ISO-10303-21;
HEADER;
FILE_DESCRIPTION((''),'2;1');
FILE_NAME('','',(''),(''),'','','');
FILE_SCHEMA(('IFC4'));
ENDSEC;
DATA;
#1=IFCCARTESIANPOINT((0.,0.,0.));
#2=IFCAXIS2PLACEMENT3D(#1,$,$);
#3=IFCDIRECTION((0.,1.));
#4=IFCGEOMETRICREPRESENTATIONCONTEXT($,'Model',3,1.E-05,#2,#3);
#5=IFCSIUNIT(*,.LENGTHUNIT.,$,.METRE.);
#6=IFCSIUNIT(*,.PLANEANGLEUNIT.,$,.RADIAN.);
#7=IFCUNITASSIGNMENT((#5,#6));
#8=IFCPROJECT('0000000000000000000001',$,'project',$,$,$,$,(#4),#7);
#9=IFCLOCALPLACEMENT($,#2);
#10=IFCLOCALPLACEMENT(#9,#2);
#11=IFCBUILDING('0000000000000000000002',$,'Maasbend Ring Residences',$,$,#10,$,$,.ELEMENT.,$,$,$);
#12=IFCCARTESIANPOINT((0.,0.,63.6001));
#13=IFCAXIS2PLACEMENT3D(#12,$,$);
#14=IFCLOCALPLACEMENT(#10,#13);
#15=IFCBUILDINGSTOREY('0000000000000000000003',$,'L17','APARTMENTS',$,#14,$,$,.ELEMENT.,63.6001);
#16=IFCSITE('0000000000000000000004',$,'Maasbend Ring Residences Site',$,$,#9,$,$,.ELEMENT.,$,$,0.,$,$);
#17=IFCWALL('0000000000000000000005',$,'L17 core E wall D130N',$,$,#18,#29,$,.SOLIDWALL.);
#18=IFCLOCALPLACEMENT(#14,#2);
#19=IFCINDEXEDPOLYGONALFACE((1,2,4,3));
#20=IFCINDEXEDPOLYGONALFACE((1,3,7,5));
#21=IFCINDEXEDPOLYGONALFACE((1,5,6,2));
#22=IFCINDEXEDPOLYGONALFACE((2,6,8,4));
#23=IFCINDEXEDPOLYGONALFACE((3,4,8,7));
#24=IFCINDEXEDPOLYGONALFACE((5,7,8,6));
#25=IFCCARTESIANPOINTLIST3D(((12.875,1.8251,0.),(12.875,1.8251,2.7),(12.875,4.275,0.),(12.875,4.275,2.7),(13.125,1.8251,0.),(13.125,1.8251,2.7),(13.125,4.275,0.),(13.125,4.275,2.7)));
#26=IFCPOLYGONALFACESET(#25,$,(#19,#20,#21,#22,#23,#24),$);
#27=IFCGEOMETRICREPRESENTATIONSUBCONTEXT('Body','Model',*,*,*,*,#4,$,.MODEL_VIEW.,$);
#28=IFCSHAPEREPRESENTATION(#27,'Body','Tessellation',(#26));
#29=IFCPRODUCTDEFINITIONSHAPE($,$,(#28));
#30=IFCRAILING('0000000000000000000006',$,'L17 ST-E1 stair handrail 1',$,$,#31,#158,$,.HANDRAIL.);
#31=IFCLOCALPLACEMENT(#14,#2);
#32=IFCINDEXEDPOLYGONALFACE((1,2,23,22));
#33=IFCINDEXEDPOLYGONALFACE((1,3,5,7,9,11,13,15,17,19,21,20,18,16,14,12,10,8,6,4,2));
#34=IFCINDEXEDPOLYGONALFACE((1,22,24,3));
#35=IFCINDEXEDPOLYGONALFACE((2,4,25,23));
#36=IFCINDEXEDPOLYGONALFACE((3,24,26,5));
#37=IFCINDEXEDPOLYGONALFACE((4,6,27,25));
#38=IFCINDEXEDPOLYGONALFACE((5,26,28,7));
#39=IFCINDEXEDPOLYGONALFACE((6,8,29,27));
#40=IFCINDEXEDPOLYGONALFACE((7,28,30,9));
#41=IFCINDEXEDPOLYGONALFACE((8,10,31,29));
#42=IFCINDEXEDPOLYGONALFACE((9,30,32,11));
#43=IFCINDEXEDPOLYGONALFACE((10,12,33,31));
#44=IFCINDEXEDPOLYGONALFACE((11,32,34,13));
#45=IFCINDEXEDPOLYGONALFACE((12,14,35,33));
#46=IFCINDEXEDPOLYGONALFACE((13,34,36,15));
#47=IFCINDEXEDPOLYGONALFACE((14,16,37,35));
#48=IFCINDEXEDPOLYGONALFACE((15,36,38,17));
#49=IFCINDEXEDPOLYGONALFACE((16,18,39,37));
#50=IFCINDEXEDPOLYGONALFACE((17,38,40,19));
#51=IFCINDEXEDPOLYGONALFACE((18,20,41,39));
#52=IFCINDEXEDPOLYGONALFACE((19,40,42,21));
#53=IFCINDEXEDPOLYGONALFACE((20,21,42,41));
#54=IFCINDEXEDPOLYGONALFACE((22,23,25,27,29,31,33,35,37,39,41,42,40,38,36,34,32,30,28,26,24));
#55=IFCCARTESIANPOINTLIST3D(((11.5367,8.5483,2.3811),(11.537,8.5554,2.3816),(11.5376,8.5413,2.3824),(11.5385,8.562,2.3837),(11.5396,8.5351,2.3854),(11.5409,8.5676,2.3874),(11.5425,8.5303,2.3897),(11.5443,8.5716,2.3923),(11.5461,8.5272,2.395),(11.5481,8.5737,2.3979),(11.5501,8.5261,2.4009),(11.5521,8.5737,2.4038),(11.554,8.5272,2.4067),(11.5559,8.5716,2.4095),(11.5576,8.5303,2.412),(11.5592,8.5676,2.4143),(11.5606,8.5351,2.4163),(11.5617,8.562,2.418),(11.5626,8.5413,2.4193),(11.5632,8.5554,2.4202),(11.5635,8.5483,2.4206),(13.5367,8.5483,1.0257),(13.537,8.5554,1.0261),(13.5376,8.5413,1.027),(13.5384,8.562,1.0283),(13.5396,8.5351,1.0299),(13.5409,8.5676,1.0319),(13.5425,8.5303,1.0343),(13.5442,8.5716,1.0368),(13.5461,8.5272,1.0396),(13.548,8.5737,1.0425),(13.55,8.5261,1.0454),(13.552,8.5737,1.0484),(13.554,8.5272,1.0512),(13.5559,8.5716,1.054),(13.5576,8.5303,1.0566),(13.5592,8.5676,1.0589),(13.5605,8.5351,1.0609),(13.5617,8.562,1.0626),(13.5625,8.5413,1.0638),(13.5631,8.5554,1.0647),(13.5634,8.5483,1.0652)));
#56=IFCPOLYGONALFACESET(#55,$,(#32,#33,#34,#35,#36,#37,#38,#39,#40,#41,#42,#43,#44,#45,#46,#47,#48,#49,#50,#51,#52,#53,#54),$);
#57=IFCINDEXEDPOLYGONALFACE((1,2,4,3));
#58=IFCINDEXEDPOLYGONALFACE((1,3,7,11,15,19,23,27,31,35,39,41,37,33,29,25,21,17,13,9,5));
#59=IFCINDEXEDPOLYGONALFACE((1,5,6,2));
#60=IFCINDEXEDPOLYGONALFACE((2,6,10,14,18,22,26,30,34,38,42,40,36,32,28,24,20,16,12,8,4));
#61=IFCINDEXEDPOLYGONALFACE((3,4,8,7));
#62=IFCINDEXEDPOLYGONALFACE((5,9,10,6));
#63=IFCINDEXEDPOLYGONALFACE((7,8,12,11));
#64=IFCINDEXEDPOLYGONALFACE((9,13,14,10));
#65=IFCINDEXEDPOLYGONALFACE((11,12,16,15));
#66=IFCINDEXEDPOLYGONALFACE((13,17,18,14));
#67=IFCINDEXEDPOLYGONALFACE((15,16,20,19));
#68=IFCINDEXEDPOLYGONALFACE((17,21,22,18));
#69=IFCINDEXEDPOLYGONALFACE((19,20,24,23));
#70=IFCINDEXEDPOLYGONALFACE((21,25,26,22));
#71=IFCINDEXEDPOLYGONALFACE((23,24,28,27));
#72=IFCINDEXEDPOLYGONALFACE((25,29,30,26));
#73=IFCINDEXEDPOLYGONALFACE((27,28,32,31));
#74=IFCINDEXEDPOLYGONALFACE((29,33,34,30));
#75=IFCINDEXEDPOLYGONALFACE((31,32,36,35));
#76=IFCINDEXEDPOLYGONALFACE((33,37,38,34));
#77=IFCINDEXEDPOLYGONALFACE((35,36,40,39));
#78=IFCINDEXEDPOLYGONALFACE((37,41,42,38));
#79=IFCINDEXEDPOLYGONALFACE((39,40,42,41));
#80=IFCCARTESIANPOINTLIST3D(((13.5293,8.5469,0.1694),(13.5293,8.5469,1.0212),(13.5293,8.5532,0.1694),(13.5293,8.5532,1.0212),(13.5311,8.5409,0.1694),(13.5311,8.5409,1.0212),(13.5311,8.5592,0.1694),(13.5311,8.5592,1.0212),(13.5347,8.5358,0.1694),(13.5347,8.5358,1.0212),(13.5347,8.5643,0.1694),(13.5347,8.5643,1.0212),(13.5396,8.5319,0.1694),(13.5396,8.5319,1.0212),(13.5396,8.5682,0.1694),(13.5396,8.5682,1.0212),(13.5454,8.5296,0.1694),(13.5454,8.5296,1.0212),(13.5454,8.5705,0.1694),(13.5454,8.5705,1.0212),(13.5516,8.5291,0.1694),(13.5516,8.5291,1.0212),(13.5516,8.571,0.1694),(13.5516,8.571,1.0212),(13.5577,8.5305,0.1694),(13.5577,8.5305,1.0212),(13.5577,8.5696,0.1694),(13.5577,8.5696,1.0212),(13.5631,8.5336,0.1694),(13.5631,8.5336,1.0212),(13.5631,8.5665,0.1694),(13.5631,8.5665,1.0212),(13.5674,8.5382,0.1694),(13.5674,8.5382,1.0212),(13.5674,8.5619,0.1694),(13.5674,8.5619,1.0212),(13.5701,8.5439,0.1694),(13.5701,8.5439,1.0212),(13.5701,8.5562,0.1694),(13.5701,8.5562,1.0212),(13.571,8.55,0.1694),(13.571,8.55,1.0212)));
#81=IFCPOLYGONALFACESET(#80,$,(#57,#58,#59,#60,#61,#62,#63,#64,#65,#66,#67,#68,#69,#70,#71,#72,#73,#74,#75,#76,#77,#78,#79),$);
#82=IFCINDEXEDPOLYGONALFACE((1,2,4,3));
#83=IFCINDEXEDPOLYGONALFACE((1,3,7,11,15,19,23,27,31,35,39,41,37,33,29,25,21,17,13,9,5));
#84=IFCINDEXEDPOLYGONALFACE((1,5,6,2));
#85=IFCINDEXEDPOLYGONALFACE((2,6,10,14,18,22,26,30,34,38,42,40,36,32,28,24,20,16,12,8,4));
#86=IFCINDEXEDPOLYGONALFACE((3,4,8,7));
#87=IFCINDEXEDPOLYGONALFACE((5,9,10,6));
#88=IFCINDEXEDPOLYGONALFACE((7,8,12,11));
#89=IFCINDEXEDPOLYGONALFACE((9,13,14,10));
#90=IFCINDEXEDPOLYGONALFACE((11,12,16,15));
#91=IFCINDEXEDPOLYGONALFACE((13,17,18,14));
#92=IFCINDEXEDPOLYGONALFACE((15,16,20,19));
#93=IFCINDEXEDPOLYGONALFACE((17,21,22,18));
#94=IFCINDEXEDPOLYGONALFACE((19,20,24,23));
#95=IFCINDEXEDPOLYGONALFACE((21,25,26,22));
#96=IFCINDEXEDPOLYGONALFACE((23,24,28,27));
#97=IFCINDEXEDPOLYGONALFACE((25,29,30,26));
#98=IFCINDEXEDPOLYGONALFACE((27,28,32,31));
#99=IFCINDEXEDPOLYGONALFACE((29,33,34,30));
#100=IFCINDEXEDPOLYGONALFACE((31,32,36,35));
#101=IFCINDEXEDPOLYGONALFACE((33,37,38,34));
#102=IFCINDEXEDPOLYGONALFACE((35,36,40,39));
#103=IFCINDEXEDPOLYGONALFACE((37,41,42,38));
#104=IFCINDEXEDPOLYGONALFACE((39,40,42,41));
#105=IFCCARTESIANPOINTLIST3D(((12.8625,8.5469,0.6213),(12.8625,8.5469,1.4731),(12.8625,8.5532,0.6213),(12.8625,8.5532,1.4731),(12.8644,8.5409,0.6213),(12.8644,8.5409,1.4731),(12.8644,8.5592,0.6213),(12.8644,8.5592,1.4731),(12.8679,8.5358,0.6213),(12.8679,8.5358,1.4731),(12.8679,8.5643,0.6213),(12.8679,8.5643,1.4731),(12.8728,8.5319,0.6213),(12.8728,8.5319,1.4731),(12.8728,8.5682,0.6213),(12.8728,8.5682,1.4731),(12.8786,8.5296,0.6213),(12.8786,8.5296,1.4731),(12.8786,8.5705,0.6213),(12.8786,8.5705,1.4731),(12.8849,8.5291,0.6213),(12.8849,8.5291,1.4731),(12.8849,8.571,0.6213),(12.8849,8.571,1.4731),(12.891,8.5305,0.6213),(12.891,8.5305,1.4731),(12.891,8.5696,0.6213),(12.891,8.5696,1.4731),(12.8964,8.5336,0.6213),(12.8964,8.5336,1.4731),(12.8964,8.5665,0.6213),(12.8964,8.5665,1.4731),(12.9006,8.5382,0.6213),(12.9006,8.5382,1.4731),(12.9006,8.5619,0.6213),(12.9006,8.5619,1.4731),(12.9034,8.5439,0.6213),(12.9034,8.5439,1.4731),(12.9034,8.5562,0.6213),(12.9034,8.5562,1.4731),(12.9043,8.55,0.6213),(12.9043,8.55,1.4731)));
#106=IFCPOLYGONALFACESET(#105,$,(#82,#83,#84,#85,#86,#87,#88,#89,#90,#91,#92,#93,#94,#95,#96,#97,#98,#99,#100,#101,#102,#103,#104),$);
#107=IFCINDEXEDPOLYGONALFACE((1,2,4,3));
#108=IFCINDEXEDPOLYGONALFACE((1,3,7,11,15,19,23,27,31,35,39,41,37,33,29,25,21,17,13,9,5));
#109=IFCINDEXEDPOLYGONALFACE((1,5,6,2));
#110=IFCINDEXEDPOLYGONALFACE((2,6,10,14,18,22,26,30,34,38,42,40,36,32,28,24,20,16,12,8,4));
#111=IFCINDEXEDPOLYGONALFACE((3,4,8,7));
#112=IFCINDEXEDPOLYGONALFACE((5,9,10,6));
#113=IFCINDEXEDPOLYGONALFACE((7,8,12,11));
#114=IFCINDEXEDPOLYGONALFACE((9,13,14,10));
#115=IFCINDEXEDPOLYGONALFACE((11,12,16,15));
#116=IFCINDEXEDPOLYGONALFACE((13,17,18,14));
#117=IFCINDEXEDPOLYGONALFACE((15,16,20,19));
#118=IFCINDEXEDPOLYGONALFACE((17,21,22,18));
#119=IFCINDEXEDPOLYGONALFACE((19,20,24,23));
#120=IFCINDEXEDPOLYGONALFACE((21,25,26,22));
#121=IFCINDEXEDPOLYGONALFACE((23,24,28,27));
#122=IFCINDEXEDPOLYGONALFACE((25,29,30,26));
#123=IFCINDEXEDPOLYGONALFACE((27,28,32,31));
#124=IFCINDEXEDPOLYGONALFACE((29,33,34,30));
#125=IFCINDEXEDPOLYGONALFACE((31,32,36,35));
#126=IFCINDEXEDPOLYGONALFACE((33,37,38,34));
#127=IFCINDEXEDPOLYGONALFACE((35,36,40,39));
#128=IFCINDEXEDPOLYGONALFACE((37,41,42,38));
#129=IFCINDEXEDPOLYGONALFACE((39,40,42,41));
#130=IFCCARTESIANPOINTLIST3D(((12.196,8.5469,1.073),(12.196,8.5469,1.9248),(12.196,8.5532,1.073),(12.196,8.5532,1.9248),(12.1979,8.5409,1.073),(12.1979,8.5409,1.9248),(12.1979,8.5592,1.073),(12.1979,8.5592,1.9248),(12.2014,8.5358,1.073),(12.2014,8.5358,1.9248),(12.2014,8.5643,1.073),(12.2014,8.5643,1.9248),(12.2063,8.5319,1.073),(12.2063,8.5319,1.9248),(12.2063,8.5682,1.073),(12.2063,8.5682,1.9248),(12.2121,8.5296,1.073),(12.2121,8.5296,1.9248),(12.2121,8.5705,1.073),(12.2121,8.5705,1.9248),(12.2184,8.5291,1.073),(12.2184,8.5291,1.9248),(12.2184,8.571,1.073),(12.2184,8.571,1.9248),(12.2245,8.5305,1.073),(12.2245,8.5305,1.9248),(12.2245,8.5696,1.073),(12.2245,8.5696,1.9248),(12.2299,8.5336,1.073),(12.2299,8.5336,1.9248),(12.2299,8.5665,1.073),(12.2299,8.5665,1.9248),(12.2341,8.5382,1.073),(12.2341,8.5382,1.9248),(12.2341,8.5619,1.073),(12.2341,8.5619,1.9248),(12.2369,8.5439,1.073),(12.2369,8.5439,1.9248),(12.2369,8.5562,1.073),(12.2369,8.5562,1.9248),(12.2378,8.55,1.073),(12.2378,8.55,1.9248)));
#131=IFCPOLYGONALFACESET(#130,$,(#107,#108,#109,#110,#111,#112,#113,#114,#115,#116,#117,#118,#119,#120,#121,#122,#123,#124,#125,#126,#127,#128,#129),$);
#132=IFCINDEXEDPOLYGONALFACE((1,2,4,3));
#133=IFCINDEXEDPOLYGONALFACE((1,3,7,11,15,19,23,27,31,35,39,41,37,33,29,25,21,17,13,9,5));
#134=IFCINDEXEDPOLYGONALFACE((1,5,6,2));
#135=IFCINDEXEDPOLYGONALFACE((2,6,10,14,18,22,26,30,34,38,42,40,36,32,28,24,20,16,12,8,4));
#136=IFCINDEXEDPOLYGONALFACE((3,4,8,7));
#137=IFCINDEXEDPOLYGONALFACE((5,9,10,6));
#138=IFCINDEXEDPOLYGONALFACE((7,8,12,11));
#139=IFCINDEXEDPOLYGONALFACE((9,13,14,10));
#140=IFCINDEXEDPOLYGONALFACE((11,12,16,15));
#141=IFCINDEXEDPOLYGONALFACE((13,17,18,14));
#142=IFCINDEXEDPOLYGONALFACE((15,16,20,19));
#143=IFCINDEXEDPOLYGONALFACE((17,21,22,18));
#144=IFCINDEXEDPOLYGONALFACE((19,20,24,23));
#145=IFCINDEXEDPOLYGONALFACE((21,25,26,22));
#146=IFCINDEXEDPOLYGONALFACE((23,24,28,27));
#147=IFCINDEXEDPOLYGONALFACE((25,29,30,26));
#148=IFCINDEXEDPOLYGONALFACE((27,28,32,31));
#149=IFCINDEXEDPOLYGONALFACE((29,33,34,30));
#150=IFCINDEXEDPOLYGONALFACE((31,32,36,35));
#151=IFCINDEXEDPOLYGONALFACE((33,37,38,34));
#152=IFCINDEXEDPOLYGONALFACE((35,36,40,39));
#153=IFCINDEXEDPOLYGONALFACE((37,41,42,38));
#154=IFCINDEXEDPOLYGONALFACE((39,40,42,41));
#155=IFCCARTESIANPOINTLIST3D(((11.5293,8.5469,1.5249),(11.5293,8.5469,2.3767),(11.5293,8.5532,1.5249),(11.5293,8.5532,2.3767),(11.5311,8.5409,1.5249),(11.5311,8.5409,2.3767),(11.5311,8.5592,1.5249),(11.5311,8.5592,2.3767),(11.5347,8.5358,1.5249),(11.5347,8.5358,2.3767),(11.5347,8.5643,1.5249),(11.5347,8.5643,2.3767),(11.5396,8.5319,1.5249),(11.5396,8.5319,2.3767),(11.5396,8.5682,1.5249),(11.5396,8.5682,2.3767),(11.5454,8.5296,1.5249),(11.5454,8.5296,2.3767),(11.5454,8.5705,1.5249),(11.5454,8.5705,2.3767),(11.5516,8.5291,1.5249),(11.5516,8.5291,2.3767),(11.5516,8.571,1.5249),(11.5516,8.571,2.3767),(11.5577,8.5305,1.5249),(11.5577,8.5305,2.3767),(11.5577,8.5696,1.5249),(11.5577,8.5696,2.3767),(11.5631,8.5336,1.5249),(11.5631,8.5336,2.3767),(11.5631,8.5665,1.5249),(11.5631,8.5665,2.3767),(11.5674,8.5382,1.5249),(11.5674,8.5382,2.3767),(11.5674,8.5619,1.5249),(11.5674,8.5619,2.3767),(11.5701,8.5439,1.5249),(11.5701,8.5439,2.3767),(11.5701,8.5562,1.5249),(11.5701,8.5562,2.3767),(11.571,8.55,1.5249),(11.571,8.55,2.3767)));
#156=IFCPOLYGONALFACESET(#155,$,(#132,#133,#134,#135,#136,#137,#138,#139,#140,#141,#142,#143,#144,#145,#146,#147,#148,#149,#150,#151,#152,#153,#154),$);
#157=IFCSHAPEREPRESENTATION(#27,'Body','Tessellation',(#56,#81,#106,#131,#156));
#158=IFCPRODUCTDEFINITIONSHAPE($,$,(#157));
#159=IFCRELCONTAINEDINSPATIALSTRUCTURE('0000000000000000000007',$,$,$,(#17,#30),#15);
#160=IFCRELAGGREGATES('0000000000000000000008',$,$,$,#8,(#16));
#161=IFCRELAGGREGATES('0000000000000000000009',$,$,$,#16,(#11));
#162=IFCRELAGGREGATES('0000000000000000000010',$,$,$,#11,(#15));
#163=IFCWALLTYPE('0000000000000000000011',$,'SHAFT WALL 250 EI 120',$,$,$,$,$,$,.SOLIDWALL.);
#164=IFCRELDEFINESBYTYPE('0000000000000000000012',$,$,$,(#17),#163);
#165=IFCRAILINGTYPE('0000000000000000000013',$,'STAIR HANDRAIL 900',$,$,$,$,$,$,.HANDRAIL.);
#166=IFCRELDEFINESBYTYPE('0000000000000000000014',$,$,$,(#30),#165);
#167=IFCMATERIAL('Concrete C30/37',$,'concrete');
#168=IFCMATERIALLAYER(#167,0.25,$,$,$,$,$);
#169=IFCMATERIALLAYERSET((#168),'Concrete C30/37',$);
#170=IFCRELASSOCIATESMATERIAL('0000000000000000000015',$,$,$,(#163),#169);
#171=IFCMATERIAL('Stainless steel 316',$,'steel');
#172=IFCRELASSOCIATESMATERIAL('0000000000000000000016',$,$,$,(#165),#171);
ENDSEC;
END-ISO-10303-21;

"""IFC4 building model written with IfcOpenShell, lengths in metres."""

from ifc_helpers import new_model, si_unit, direction, frame, frame_2d, origin, origin_2d, place, context, subcontext, project, spatial, rectangle, circle, extrude, material, layer, layer_set, type_object, element, save


model = new_model("IFC4")

# Units and contexts
model_context = context("Model", 3, precision=1e-05, world=origin(), true_north=direction((0.0, 1.0)))
body_context = subcontext(model_context, "Body", "Model", "MODEL_VIEW")
ifc_project = project(units=[si_unit("LENGTHUNIT", "METRE"), si_unit("PLANEANGLEUNIT", "RADIAN")], contexts=[model_context])

# Site, building, storey
site_placement = place(None, origin())
site = spatial("IfcSite", under=ifc_project, at=site_placement, Name="Maasbend Ring Residences Site", CompositionType="ELEMENT", RefElevation=0.0)
building_placement = place(site_placement, origin())
building = spatial("IfcBuilding", under=site, at=building_placement, Name="Maasbend Ring Residences", CompositionType="ELEMENT")
storey_placement = place(building_placement, frame((0.0, 0.0, 63.6001)))
storey = spatial("IfcBuildingStorey", under=building, at=storey_placement, Name="L17", Description="APARTMENTS", CompositionType="ELEMENT", Elevation=63.6001)

# Wall
ifc_material_1 = material(Name="Concrete C30/37", Category="concrete")
ifc_layer_1 = layer(ifc_material_1, 0.25)
ifc_layer_set_1 = layer_set([ifc_layer_1], Name="Concrete C30/37")
wall_type_1 = type_object("IfcWallType", Name="SHAFT WALL 250 EI 120", PredefinedType="SOLIDWALL", material=ifc_layer_set_1)
for number, where, z_axis, x_axis, name in (
    (1, (13.0, 1.825, 0.0), (0.0, 0.0, 1.0), (0.0, 1.0, 0.0), "L17 core E wall D130N"),
):
    element("IfcWall", number, at=place(storey_placement, frame(where, z_axis=z_axis, x_axis=x_axis)), inside=storey, type_object=wall_type_1, Name=name, PredefinedType="SOLIDWALL", context=body_context, shape_type="SweptSolid", body=[
        extrude(rectangle(XDim=2.45, YDim=0.25, at=frame_2d((1.2251, 0.0))), origin(), (0.0, 0.0, 1.0), 2.7),
    ])

# Railing
ifc_material_2 = material(Name="Stainless steel 316", Category="steel")
railing_type_1 = type_object("IfcRailingType", Name="STAIR HANDRAIL 900", PredefinedType="HANDRAIL", material=ifc_material_2)
railing_1_placement = place(storey_placement, frame((13.55, 8.55, 0.1694)))
element("IfcRailing", 2, at=railing_1_placement, inside=storey, type_object=railing_type_1, Name="L17 ST-E1 stair handrail 1", PredefinedType="HANDRAIL", context=body_context, shape_type="SweptSolid", body=[
    extrude(circle(Radius=0.0239, at=origin_2d()), frame((0.0, 0.0, 0.876), z_axis=(-0.827798, 0.0, 0.561027), x_axis=(0.0, -1.0, 0.0)), (0.0, 0.0, 1.0), 2.416),
    extrude(circle(Radius=0.021, at=origin_2d()), origin(), (0.0, 0.0, 1.0), 0.8518),
    extrude(circle(Radius=0.021, at=origin_2d()), frame((-0.6667, 0.0, 0.4519)), (0.0, 0.0, 1.0), 0.8518),
    extrude(circle(Radius=0.021, at=origin_2d()), frame((-1.3333, 0.0, 0.9036)), (0.0, 0.0, 1.0), 0.8518),
    extrude(circle(Radius=0.021, at=origin_2d()), frame((-2.0, 0.0, 1.3555)), (0.0, 0.0, 1.0), 0.8518),
])

save(model, "model.ifc")
